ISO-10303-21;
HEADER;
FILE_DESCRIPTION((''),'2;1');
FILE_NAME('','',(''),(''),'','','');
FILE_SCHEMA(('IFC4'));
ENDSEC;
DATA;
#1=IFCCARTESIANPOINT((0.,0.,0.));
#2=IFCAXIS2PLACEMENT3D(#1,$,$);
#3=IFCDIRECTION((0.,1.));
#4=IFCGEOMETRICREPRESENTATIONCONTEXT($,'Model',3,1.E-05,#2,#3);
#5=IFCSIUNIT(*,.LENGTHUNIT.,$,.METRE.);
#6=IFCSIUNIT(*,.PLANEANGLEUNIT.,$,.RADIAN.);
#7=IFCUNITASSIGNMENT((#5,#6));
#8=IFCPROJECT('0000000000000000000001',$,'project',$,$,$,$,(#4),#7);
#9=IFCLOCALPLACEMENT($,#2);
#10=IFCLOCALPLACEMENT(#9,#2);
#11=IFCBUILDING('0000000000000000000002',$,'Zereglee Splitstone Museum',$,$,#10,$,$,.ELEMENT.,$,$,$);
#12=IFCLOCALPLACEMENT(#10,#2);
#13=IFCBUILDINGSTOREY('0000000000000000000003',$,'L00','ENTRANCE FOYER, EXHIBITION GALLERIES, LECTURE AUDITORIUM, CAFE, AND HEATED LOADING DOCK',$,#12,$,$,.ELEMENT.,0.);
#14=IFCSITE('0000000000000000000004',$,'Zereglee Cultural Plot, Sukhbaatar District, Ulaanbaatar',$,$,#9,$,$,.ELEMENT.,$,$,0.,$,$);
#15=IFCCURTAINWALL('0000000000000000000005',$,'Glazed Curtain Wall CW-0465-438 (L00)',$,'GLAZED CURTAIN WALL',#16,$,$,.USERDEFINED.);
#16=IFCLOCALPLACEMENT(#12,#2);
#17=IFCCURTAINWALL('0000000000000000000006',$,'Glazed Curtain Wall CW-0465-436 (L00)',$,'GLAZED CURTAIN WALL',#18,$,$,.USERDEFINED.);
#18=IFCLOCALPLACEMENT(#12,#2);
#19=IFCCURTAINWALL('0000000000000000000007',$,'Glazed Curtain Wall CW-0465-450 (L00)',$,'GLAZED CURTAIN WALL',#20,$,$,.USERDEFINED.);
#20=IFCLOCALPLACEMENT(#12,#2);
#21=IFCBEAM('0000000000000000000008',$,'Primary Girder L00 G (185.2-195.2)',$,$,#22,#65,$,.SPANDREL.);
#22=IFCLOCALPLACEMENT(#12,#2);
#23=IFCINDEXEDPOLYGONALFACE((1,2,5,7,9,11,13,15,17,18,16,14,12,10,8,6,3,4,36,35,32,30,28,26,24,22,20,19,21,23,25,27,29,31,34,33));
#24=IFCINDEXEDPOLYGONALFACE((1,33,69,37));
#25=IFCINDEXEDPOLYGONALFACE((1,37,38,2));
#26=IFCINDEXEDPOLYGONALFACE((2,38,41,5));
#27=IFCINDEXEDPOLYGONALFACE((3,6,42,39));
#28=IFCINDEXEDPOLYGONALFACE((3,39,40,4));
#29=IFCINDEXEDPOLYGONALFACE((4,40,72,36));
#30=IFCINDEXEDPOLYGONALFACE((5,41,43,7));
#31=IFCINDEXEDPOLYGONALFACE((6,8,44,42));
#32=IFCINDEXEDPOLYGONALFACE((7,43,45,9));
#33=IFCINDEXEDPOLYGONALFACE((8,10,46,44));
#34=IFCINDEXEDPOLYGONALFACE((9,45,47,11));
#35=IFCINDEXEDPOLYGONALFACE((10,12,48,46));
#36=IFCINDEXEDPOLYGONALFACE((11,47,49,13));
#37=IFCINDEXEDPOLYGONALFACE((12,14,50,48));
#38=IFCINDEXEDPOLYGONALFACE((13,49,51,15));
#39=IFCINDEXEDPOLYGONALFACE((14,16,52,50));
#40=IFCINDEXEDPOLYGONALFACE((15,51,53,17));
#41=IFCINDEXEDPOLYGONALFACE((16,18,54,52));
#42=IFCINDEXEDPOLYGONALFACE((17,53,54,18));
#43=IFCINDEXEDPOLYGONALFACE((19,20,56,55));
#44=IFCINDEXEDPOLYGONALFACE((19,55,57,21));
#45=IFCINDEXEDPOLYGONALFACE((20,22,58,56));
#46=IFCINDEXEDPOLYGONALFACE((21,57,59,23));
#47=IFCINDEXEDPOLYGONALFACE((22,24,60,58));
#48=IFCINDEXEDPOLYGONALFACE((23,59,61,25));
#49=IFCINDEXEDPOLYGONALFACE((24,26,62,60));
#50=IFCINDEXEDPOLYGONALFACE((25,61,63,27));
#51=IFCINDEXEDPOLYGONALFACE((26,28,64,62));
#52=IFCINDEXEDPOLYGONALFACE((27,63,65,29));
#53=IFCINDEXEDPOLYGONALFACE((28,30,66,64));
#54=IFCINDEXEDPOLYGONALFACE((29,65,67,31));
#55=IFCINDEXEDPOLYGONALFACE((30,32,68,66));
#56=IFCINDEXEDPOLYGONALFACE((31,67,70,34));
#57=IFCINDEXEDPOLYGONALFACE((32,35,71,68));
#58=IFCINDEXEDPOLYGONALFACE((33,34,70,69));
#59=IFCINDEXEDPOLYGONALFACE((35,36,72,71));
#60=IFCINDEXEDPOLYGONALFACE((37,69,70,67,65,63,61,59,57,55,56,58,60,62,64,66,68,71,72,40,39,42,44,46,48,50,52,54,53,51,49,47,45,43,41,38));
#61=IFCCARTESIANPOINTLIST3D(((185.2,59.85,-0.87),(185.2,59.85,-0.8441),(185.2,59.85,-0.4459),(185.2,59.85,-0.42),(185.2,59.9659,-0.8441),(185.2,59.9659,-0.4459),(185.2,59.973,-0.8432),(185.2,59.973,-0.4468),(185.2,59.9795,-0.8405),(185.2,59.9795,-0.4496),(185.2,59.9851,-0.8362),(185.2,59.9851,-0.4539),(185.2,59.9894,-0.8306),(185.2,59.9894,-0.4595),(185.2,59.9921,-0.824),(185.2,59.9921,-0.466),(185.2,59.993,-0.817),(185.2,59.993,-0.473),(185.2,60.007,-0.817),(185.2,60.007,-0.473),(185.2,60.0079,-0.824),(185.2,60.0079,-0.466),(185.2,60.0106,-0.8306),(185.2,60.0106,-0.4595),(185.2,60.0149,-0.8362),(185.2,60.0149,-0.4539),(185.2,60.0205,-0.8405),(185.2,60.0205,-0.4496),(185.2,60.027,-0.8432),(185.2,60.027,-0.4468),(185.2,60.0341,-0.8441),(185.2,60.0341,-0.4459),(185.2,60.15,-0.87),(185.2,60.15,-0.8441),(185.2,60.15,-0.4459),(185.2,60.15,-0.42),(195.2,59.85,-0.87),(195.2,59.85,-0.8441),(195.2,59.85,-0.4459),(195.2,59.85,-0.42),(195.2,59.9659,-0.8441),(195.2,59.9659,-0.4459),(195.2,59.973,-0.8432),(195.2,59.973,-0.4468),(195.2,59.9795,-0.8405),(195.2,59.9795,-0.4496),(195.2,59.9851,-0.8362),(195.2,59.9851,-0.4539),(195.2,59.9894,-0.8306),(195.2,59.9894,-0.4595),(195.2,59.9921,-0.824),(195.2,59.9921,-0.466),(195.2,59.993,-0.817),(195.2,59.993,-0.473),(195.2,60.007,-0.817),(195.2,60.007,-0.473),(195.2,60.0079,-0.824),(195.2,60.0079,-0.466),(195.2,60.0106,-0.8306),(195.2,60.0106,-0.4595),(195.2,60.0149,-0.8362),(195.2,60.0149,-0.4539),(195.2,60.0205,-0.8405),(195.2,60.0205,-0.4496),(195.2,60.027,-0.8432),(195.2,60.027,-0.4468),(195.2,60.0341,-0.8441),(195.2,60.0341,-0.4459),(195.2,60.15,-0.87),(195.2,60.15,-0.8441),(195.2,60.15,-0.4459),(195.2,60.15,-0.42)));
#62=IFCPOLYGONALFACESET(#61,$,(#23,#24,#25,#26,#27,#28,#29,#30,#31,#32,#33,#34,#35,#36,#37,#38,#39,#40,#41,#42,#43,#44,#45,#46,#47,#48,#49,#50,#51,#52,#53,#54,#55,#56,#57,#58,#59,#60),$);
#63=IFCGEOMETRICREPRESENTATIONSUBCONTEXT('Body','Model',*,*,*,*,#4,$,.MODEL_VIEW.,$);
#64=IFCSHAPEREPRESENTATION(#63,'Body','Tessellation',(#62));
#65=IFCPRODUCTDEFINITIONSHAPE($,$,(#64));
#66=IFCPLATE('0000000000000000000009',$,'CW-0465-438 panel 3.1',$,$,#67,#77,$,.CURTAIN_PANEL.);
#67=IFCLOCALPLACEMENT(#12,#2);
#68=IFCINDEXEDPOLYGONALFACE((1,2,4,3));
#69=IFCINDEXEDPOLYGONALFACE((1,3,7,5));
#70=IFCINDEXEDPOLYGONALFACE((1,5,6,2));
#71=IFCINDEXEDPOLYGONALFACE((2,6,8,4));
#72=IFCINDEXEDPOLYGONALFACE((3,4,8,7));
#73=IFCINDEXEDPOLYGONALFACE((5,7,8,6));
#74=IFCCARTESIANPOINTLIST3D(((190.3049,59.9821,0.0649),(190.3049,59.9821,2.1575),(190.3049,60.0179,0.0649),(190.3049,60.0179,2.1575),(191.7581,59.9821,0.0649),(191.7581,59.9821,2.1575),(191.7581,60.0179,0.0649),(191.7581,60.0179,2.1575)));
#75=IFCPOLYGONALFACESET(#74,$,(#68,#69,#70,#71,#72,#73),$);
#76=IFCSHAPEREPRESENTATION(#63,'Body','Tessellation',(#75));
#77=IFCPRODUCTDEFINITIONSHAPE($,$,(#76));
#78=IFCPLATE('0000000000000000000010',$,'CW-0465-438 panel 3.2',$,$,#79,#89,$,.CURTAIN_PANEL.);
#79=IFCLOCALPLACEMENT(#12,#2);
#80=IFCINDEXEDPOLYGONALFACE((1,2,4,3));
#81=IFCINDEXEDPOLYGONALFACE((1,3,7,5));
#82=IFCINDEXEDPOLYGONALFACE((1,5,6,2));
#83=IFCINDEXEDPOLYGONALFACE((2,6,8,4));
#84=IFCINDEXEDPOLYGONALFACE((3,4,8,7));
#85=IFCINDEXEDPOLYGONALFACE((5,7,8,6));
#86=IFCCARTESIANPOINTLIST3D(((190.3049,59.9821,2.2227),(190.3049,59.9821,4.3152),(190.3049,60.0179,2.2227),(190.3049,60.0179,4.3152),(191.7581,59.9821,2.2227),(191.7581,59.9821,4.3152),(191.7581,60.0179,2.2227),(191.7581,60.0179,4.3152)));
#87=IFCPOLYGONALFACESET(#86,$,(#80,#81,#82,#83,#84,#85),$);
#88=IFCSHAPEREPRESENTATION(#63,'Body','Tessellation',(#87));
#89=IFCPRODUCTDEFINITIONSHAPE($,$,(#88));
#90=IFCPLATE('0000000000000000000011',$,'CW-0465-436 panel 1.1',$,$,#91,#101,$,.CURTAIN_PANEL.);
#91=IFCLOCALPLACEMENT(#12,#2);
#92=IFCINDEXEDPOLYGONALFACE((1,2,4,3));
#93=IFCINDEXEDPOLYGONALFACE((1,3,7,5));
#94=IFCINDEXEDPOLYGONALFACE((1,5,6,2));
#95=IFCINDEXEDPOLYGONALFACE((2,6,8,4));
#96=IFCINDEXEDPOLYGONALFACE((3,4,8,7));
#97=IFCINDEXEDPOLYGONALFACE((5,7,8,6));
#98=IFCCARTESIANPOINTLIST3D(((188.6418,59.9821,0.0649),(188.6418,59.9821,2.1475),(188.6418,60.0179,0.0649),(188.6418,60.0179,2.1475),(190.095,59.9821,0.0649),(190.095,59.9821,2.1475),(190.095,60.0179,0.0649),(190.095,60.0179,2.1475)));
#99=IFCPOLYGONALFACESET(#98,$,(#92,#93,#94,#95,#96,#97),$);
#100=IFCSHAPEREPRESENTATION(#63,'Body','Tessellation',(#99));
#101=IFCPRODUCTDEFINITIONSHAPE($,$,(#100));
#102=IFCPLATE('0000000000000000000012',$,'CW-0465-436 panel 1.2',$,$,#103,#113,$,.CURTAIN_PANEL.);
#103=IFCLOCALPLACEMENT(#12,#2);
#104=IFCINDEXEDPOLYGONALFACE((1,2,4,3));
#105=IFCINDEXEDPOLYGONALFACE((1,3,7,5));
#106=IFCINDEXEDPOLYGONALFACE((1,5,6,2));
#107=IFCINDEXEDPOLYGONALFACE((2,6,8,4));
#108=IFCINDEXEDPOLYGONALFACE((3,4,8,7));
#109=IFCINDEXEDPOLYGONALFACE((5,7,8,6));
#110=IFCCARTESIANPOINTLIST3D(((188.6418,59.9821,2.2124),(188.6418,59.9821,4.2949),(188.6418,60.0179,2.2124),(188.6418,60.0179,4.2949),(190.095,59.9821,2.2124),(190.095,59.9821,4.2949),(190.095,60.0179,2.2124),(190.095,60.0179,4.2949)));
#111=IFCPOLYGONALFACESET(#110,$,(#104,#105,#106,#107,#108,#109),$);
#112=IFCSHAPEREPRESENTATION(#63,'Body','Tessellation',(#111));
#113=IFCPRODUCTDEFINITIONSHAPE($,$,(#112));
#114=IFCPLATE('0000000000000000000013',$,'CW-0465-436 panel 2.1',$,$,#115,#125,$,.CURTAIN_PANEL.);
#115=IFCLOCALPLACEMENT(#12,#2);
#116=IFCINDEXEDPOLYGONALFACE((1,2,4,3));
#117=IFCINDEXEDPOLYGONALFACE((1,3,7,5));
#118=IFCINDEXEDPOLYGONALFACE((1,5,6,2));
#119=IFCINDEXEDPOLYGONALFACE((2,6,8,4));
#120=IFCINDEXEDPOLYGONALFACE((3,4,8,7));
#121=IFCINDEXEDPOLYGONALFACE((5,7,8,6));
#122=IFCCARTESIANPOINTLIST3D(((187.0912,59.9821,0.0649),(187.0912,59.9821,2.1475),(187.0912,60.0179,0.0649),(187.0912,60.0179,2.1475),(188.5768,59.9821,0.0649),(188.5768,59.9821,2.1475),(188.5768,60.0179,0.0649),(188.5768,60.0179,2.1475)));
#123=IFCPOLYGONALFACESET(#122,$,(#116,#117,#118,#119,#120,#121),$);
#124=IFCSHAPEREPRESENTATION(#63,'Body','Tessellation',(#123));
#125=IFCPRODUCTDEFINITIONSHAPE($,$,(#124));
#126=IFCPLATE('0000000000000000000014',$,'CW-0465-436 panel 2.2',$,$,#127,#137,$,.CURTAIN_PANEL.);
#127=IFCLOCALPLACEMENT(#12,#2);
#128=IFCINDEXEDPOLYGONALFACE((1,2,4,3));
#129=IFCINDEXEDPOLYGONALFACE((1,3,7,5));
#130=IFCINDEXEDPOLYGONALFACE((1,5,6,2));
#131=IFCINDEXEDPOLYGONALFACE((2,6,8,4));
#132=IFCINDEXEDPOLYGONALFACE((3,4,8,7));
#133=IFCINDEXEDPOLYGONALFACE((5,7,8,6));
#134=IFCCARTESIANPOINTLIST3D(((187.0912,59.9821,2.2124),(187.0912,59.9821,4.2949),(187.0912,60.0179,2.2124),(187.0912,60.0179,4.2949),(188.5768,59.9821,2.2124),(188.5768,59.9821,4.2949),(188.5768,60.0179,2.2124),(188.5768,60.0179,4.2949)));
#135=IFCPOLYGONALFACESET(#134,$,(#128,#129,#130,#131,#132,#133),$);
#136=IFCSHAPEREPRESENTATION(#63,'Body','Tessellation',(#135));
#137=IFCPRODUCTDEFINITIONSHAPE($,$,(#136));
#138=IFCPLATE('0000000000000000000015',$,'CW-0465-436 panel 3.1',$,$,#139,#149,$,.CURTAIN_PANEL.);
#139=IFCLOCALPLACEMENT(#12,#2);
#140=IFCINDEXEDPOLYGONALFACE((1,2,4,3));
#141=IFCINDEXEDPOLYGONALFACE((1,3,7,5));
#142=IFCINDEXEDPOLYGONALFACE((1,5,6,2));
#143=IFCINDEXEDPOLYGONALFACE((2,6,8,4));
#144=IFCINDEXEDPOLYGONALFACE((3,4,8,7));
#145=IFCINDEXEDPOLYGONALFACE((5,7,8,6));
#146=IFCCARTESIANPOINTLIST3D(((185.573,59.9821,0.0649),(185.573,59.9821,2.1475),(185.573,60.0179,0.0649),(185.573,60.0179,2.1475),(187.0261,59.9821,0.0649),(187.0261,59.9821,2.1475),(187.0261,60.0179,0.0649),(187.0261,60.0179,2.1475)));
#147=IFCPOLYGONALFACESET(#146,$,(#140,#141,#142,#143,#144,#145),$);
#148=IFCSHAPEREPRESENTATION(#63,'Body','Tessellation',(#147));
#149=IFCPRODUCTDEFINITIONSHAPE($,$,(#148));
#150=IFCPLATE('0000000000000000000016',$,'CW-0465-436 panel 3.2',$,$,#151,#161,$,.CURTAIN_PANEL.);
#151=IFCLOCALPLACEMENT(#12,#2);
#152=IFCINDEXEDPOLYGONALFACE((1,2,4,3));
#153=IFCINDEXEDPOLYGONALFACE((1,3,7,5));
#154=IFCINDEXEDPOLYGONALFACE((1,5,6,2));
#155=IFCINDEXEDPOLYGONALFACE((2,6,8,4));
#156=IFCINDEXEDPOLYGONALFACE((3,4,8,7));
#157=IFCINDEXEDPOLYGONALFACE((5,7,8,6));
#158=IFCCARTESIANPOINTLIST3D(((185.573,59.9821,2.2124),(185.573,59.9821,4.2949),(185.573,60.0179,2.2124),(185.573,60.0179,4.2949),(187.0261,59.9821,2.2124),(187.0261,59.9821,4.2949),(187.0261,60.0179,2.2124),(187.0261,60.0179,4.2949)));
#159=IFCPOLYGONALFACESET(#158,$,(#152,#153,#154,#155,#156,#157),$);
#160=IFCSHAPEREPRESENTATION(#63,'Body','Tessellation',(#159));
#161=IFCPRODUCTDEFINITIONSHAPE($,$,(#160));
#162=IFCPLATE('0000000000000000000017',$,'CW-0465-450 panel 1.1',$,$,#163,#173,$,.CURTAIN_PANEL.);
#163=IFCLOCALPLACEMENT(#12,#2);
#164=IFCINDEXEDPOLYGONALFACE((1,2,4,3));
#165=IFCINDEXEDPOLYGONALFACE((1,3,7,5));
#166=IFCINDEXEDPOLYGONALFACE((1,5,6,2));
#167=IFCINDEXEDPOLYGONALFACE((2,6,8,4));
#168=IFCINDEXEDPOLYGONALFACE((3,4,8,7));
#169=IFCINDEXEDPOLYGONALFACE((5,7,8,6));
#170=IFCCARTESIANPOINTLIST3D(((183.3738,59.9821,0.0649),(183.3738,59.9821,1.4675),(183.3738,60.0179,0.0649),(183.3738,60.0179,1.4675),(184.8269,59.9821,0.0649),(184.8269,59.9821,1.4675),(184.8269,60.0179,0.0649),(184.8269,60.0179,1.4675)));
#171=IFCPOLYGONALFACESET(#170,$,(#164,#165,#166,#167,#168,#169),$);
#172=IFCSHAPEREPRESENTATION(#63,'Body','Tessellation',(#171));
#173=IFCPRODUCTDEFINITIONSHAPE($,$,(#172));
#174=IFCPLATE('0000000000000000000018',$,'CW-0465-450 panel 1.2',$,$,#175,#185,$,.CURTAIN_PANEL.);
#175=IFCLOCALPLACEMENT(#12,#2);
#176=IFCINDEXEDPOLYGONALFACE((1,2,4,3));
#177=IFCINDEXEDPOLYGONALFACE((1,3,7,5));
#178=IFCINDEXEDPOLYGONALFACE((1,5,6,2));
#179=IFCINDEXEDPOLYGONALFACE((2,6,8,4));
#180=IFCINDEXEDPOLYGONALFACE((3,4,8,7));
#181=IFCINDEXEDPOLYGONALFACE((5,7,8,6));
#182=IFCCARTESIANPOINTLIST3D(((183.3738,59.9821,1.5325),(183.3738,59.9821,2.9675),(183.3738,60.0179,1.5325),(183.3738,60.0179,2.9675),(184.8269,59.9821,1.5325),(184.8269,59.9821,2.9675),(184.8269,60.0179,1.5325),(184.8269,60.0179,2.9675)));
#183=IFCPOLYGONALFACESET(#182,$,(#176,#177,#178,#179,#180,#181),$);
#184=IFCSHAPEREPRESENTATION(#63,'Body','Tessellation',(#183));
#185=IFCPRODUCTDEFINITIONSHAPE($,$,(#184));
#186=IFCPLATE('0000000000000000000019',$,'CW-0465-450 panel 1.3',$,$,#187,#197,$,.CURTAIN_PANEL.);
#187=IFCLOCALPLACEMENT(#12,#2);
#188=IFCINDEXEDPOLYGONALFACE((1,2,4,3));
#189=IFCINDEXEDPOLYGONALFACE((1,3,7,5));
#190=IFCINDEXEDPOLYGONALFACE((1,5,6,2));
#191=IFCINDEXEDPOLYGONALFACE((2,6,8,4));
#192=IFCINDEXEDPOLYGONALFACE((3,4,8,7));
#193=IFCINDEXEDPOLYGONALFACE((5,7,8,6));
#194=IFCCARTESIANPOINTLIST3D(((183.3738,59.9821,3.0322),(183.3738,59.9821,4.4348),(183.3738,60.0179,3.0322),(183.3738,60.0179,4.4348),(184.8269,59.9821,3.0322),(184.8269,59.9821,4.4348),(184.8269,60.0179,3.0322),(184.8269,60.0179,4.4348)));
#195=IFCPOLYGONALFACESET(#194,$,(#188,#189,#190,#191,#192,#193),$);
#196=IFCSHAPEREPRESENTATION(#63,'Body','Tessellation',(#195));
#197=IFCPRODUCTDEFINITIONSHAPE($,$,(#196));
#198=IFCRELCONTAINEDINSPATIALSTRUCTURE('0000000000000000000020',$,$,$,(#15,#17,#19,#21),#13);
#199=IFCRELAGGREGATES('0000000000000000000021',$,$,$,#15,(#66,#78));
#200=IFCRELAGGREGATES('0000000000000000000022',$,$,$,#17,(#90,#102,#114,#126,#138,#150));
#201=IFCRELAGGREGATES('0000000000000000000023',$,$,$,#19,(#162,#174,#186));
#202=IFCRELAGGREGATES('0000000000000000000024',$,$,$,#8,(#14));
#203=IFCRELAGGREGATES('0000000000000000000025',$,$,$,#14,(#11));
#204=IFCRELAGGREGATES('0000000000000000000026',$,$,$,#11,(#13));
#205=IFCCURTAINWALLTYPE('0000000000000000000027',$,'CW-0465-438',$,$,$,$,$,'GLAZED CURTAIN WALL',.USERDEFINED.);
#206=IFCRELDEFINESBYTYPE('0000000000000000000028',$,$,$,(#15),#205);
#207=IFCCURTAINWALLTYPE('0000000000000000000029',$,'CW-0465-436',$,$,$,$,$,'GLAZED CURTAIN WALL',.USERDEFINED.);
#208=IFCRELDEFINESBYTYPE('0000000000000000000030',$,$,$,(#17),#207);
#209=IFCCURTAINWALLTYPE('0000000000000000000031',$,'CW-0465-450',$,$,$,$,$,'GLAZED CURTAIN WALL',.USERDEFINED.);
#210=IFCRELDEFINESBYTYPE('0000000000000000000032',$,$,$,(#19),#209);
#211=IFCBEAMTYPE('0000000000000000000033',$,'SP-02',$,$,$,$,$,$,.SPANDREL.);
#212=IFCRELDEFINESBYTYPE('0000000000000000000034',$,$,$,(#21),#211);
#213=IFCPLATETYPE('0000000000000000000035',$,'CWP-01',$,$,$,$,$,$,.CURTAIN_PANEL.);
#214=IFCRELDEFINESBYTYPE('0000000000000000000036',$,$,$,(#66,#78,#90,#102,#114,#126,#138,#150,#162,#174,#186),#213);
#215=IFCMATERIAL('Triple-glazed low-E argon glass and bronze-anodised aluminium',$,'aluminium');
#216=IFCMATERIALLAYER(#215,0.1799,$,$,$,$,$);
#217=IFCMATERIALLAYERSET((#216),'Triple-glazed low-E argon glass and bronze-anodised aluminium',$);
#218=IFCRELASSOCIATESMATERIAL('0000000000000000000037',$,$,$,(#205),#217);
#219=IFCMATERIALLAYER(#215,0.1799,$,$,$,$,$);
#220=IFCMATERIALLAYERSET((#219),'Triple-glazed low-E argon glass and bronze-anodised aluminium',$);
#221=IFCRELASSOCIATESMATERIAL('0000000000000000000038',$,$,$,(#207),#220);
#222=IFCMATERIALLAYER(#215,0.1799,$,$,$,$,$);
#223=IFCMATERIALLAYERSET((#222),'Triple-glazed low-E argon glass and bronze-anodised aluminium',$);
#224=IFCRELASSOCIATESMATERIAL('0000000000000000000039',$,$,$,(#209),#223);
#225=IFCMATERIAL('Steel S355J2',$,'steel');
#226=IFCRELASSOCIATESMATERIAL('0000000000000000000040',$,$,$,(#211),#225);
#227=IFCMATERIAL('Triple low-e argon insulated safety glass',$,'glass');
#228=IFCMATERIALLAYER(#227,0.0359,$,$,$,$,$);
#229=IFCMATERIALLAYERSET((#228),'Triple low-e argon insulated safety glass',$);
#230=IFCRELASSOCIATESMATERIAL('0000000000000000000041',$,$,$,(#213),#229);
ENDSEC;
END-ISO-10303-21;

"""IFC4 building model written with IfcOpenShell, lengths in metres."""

from ifc_helpers import new_model, si_unit, direction, frame, origin, origin_2d, place, context, subcontext, project, spatial, rectangle, i_section, extrude, material, layer, layer_set, material_profile, profile_set, type_object, element, aggregate, save


model = new_model("IFC4")

# Units and contexts
model_context = context("Model", 3, precision=1e-05, world=origin(), true_north=direction((0.0, 1.0)))
body_context = subcontext(model_context, "Body", "Model", "MODEL_VIEW")
ifc_project = project(units=[si_unit("LENGTHUNIT", "METRE"), si_unit("PLANEANGLEUNIT", "RADIAN")], contexts=[model_context])

# Site, building, storey
site_placement = place(None, origin())
site = spatial("IfcSite", under=ifc_project, at=site_placement, Name="Zereglee Cultural Plot, Sukhbaatar District, Ulaanbaatar", CompositionType="ELEMENT", RefElevation=0.0)
building_placement = place(site_placement, origin())
building = spatial("IfcBuilding", under=site, at=building_placement, Name="Zereglee Splitstone Museum", CompositionType="ELEMENT")
storey_placement = place(building_placement, origin())
storey = spatial("IfcBuildingStorey", under=building, at=storey_placement, Name="L00", Description="ENTRANCE FOYER, EXHIBITION GALLERIES, LECTURE AUDITORIUM, CAFE, AND HEATED LOADING DOCK", CompositionType="ELEMENT", Elevation=0.0)

# Curtain wall
ifc_material_1 = material(Name="Triple-glazed low-E argon glass and bronze-anodised aluminium", Category="aluminium")
ifc_layer_1 = layer(ifc_material_1, 0.1799)
ifc_layer_set_1 = layer_set([ifc_layer_1], Name="Triple-glazed low-E argon glass and bronze-anodised aluminium")
curtain_wall_type_1 = type_object("IfcCurtainWallType", Name="CW-0465-438", ElementType="GLAZED CURTAIN WALL", PredefinedType="USERDEFINED", material=ifc_layer_set_1)
curtain_wall_1_placement = place(storey_placement, origin())
curtain_wall_1 = element("IfcCurtainWall", 1, at=curtain_wall_1_placement, inside=storey, type_object=curtain_wall_type_1, Name="Glazed Curtain Wall CW-0465-438 (L00)", ObjectType="GLAZED CURTAIN WALL", PredefinedType="USERDEFINED")

# Curtain walls
ifc_layer_2 = layer(ifc_material_1, 0.1799)
ifc_layer_set_2 = layer_set([ifc_layer_2], Name="Triple-glazed low-E argon glass and bronze-anodised aluminium")
curtain_wall_type_2 = type_object("IfcCurtainWallType", Name="CW-0465-436", ElementType="GLAZED CURTAIN WALL", PredefinedType="USERDEFINED", material=ifc_layer_set_2)
curtain_wall_2_placement = place(storey_placement, origin())
curtain_wall_2 = element("IfcCurtainWall", 2, at=curtain_wall_2_placement, inside=storey, type_object=curtain_wall_type_2, Name="Glazed Curtain Wall CW-0465-436 (L00)", ObjectType="GLAZED CURTAIN WALL", PredefinedType="USERDEFINED")
ifc_layer_3 = layer(ifc_material_1, 0.1799)
ifc_layer_set_3 = layer_set([ifc_layer_3], Name="Triple-glazed low-E argon glass and bronze-anodised aluminium")
curtain_wall_type_3 = type_object("IfcCurtainWallType", Name="CW-0465-450", ElementType="GLAZED CURTAIN WALL", PredefinedType="USERDEFINED", material=ifc_layer_set_3)
curtain_wall_3_placement = place(storey_placement, origin())
curtain_wall_3 = element("IfcCurtainWall", 3, at=curtain_wall_3_placement, inside=storey, type_object=curtain_wall_type_3, Name="Glazed Curtain Wall CW-0465-450 (L00)", ObjectType="GLAZED CURTAIN WALL", PredefinedType="USERDEFINED")

# Beam
ifc_material_2 = material(Name="Steel S355J2", Category="steel")
ifc_material_profile_1 = material_profile(ifc_material_2, i_section(OverallWidth=0.3, OverallDepth=0.45, WebThickness=0.0139, FlangeThickness=0.0259, FilletRadius=0.0271, at=origin_2d()), Name="HE 450 B")
ifc_profile_set_1 = profile_set([ifc_material_profile_1], Name="Steel S355J2")
beam_type = type_object("IfcBeamType", Name="SP-02", PredefinedType="SPANDREL", material=ifc_profile_set_1)
beam_placement = place(storey_placement, frame((185.2, 60.0, -0.645), z_axis=(1.0, 0.0, 0.0), x_axis=(0.0, 1.0, 0.0)))
element("IfcBeam", 4, at=beam_placement, inside=storey, type_object=beam_type, Name="Primary Girder L00 G (185.2-195.2)", PredefinedType="SPANDREL", context=body_context, shape_type="SweptSolid", body=[
    extrude(i_section(OverallWidth=0.3, OverallDepth=0.45, WebThickness=0.0139, FlangeThickness=0.0259, FilletRadius=0.0271, at=origin_2d()), origin(), (0.0, 0.0, 1.0), 10.0),
])

# Plates
ifc_material_3 = material(Name="Triple low-e argon insulated safety glass", Category="glass")
ifc_layer_4 = layer(ifc_material_3, 0.0359)
ifc_layer_set_4 = layer_set([ifc_layer_4], Name="Triple low-e argon insulated safety glass")
plate_type = type_object("IfcPlateType", Name="CWP-01", PredefinedType="CURTAIN_PANEL", material=ifc_layer_set_4)
plate_1_placement = place(storey_placement, frame((191.0315, 60.0, 0.0649), z_axis=(0.0, 0.0, 1.0), x_axis=(-1.0, 0.0, 0.0)))
plate_1 = element("IfcPlate", 5, at=plate_1_placement, type_object=plate_type, Name="CW-0465-438 panel 3.1", PredefinedType="CURTAIN_PANEL", context=body_context, shape_type="SweptSolid", body=[
    extrude(rectangle(XDim=1.4531, YDim=0.0359, at=origin_2d()), origin(), (0.0, 0.0, 1.0), 2.0925),
])
plate_2_placement = place(storey_placement, frame((191.0315, 60.0, 2.2227), z_axis=(0.0, 0.0, 1.0), x_axis=(-1.0, 0.0, 0.0)))
plate_2 = element("IfcPlate", 6, at=plate_2_placement, type_object=plate_type, Name="CW-0465-438 panel 3.2", PredefinedType="CURTAIN_PANEL", context=body_context, shape_type="SweptSolid", body=[
    extrude(rectangle(XDim=1.4531, YDim=0.0359, at=origin_2d()), origin(), (0.0, 0.0, 1.0), 2.0925),
])
aggregate(curtain_wall_1, [plate_1, plate_2])
plate_3_placement = place(storey_placement, frame((189.3684, 60.0, 0.0649), z_axis=(0.0, 0.0, 1.0), x_axis=(-1.0, 0.0, 0.0)))
plate_3 = element("IfcPlate", 7, at=plate_3_placement, type_object=plate_type, Name="CW-0465-436 panel 1.1", PredefinedType="CURTAIN_PANEL", context=body_context, shape_type="SweptSolid", body=[
    extrude(rectangle(XDim=1.4531, YDim=0.0359, at=origin_2d()), origin(), (0.0, 0.0, 1.0), 2.0825),
])
plate_4_placement = place(storey_placement, frame((189.3684, 60.0, 2.2124), z_axis=(0.0, 0.0, 1.0), x_axis=(-1.0, 0.0, 0.0)))
plate_4 = element("IfcPlate", 8, at=plate_4_placement, type_object=plate_type, Name="CW-0465-436 panel 1.2", PredefinedType="CURTAIN_PANEL", context=body_context, shape_type="SweptSolid", body=[
    extrude(rectangle(XDim=1.4531, YDim=0.0359, at=origin_2d()), origin(), (0.0, 0.0, 1.0), 2.0825),
])
plate_5_placement = place(storey_placement, frame((187.834, 60.0, 0.0649), z_axis=(0.0, 0.0, 1.0), x_axis=(-1.0, 0.0, 0.0)))
plate_5 = element("IfcPlate", 9, at=plate_5_placement, type_object=plate_type, Name="CW-0465-436 panel 2.1", PredefinedType="CURTAIN_PANEL", context=body_context, shape_type="SweptSolid", body=[
    extrude(rectangle(XDim=1.4856, YDim=0.0359, at=origin_2d()), origin(), (0.0, 0.0, 1.0), 2.0825),
])
plate_6_placement = place(storey_placement, frame((187.834, 60.0, 2.2124), z_axis=(0.0, 0.0, 1.0), x_axis=(-1.0, 0.0, 0.0)))
plate_6 = element("IfcPlate", 10, at=plate_6_placement, type_object=plate_type, Name="CW-0465-436 panel 2.2", PredefinedType="CURTAIN_PANEL", context=body_context, shape_type="SweptSolid", body=[
    extrude(rectangle(XDim=1.4856, YDim=0.0359, at=origin_2d()), origin(), (0.0, 0.0, 1.0), 2.0825),
])
plate_7_placement = place(storey_placement, frame((186.2996, 60.0, 0.0649), z_axis=(0.0, 0.0, 1.0), x_axis=(-1.0, 0.0, 0.0)))
plate_7 = element("IfcPlate", 11, at=plate_7_placement, type_object=plate_type, Name="CW-0465-436 panel 3.1", PredefinedType="CURTAIN_PANEL", context=body_context, shape_type="SweptSolid", body=[
    extrude(rectangle(XDim=1.4531, YDim=0.0359, at=origin_2d()), origin(), (0.0, 0.0, 1.0), 2.0825),
])
plate_8_placement = place(storey_placement, frame((186.2996, 60.0, 2.2124), z_axis=(0.0, 0.0, 1.0), x_axis=(-1.0, 0.0, 0.0)))
plate_8 = element("IfcPlate", 12, at=plate_8_placement, type_object=plate_type, Name="CW-0465-436 panel 3.2", PredefinedType="CURTAIN_PANEL", context=body_context, shape_type="SweptSolid", body=[
    extrude(rectangle(XDim=1.4531, YDim=0.0359, at=origin_2d()), origin(), (0.0, 0.0, 1.0), 2.0825),
])
aggregate(curtain_wall_2, [plate_3, plate_4, plate_5, plate_6, plate_7, plate_8])
plate_9_placement = place(storey_placement, frame((184.1003, 60.0, 0.0649), z_axis=(0.0, 0.0, 1.0), x_axis=(-1.0, 0.0, 0.0)))
plate_9 = element("IfcPlate", 13, at=plate_9_placement, type_object=plate_type, Name="CW-0465-450 panel 1.1", PredefinedType="CURTAIN_PANEL", context=body_context, shape_type="SweptSolid", body=[
    extrude(rectangle(XDim=1.4531, YDim=0.0359, at=origin_2d()), origin(), (0.0, 0.0, 1.0), 1.4026),
])
plate_10_placement = place(storey_placement, frame((184.1003, 60.0, 1.5325), z_axis=(0.0, 0.0, 1.0), x_axis=(-1.0, 0.0, 0.0)))
plate_10 = element("IfcPlate", 14, at=plate_10_placement, type_object=plate_type, Name="CW-0465-450 panel 1.2", PredefinedType="CURTAIN_PANEL", context=body_context, shape_type="SweptSolid", body=[
    extrude(rectangle(XDim=1.4531, YDim=0.0359, at=origin_2d()), origin(), (0.0, 0.0, 1.0), 1.4351),
])
plate_11_placement = place(storey_placement, frame((184.1003, 60.0, 3.0322), z_axis=(0.0, 0.0, 1.0), x_axis=(-1.0, 0.0, 0.0)))
plate_11 = element("IfcPlate", 15, at=plate_11_placement, type_object=plate_type, Name="CW-0465-450 panel 1.3", PredefinedType="CURTAIN_PANEL", context=body_context, shape_type="SweptSolid", body=[
    extrude(rectangle(XDim=1.4531, YDim=0.0359, at=origin_2d()), origin(), (0.0, 0.0, 1.0), 1.4026),
])
aggregate(curtain_wall_3, [plate_9, plate_10, plate_11])

save(model, "model.ifc")
